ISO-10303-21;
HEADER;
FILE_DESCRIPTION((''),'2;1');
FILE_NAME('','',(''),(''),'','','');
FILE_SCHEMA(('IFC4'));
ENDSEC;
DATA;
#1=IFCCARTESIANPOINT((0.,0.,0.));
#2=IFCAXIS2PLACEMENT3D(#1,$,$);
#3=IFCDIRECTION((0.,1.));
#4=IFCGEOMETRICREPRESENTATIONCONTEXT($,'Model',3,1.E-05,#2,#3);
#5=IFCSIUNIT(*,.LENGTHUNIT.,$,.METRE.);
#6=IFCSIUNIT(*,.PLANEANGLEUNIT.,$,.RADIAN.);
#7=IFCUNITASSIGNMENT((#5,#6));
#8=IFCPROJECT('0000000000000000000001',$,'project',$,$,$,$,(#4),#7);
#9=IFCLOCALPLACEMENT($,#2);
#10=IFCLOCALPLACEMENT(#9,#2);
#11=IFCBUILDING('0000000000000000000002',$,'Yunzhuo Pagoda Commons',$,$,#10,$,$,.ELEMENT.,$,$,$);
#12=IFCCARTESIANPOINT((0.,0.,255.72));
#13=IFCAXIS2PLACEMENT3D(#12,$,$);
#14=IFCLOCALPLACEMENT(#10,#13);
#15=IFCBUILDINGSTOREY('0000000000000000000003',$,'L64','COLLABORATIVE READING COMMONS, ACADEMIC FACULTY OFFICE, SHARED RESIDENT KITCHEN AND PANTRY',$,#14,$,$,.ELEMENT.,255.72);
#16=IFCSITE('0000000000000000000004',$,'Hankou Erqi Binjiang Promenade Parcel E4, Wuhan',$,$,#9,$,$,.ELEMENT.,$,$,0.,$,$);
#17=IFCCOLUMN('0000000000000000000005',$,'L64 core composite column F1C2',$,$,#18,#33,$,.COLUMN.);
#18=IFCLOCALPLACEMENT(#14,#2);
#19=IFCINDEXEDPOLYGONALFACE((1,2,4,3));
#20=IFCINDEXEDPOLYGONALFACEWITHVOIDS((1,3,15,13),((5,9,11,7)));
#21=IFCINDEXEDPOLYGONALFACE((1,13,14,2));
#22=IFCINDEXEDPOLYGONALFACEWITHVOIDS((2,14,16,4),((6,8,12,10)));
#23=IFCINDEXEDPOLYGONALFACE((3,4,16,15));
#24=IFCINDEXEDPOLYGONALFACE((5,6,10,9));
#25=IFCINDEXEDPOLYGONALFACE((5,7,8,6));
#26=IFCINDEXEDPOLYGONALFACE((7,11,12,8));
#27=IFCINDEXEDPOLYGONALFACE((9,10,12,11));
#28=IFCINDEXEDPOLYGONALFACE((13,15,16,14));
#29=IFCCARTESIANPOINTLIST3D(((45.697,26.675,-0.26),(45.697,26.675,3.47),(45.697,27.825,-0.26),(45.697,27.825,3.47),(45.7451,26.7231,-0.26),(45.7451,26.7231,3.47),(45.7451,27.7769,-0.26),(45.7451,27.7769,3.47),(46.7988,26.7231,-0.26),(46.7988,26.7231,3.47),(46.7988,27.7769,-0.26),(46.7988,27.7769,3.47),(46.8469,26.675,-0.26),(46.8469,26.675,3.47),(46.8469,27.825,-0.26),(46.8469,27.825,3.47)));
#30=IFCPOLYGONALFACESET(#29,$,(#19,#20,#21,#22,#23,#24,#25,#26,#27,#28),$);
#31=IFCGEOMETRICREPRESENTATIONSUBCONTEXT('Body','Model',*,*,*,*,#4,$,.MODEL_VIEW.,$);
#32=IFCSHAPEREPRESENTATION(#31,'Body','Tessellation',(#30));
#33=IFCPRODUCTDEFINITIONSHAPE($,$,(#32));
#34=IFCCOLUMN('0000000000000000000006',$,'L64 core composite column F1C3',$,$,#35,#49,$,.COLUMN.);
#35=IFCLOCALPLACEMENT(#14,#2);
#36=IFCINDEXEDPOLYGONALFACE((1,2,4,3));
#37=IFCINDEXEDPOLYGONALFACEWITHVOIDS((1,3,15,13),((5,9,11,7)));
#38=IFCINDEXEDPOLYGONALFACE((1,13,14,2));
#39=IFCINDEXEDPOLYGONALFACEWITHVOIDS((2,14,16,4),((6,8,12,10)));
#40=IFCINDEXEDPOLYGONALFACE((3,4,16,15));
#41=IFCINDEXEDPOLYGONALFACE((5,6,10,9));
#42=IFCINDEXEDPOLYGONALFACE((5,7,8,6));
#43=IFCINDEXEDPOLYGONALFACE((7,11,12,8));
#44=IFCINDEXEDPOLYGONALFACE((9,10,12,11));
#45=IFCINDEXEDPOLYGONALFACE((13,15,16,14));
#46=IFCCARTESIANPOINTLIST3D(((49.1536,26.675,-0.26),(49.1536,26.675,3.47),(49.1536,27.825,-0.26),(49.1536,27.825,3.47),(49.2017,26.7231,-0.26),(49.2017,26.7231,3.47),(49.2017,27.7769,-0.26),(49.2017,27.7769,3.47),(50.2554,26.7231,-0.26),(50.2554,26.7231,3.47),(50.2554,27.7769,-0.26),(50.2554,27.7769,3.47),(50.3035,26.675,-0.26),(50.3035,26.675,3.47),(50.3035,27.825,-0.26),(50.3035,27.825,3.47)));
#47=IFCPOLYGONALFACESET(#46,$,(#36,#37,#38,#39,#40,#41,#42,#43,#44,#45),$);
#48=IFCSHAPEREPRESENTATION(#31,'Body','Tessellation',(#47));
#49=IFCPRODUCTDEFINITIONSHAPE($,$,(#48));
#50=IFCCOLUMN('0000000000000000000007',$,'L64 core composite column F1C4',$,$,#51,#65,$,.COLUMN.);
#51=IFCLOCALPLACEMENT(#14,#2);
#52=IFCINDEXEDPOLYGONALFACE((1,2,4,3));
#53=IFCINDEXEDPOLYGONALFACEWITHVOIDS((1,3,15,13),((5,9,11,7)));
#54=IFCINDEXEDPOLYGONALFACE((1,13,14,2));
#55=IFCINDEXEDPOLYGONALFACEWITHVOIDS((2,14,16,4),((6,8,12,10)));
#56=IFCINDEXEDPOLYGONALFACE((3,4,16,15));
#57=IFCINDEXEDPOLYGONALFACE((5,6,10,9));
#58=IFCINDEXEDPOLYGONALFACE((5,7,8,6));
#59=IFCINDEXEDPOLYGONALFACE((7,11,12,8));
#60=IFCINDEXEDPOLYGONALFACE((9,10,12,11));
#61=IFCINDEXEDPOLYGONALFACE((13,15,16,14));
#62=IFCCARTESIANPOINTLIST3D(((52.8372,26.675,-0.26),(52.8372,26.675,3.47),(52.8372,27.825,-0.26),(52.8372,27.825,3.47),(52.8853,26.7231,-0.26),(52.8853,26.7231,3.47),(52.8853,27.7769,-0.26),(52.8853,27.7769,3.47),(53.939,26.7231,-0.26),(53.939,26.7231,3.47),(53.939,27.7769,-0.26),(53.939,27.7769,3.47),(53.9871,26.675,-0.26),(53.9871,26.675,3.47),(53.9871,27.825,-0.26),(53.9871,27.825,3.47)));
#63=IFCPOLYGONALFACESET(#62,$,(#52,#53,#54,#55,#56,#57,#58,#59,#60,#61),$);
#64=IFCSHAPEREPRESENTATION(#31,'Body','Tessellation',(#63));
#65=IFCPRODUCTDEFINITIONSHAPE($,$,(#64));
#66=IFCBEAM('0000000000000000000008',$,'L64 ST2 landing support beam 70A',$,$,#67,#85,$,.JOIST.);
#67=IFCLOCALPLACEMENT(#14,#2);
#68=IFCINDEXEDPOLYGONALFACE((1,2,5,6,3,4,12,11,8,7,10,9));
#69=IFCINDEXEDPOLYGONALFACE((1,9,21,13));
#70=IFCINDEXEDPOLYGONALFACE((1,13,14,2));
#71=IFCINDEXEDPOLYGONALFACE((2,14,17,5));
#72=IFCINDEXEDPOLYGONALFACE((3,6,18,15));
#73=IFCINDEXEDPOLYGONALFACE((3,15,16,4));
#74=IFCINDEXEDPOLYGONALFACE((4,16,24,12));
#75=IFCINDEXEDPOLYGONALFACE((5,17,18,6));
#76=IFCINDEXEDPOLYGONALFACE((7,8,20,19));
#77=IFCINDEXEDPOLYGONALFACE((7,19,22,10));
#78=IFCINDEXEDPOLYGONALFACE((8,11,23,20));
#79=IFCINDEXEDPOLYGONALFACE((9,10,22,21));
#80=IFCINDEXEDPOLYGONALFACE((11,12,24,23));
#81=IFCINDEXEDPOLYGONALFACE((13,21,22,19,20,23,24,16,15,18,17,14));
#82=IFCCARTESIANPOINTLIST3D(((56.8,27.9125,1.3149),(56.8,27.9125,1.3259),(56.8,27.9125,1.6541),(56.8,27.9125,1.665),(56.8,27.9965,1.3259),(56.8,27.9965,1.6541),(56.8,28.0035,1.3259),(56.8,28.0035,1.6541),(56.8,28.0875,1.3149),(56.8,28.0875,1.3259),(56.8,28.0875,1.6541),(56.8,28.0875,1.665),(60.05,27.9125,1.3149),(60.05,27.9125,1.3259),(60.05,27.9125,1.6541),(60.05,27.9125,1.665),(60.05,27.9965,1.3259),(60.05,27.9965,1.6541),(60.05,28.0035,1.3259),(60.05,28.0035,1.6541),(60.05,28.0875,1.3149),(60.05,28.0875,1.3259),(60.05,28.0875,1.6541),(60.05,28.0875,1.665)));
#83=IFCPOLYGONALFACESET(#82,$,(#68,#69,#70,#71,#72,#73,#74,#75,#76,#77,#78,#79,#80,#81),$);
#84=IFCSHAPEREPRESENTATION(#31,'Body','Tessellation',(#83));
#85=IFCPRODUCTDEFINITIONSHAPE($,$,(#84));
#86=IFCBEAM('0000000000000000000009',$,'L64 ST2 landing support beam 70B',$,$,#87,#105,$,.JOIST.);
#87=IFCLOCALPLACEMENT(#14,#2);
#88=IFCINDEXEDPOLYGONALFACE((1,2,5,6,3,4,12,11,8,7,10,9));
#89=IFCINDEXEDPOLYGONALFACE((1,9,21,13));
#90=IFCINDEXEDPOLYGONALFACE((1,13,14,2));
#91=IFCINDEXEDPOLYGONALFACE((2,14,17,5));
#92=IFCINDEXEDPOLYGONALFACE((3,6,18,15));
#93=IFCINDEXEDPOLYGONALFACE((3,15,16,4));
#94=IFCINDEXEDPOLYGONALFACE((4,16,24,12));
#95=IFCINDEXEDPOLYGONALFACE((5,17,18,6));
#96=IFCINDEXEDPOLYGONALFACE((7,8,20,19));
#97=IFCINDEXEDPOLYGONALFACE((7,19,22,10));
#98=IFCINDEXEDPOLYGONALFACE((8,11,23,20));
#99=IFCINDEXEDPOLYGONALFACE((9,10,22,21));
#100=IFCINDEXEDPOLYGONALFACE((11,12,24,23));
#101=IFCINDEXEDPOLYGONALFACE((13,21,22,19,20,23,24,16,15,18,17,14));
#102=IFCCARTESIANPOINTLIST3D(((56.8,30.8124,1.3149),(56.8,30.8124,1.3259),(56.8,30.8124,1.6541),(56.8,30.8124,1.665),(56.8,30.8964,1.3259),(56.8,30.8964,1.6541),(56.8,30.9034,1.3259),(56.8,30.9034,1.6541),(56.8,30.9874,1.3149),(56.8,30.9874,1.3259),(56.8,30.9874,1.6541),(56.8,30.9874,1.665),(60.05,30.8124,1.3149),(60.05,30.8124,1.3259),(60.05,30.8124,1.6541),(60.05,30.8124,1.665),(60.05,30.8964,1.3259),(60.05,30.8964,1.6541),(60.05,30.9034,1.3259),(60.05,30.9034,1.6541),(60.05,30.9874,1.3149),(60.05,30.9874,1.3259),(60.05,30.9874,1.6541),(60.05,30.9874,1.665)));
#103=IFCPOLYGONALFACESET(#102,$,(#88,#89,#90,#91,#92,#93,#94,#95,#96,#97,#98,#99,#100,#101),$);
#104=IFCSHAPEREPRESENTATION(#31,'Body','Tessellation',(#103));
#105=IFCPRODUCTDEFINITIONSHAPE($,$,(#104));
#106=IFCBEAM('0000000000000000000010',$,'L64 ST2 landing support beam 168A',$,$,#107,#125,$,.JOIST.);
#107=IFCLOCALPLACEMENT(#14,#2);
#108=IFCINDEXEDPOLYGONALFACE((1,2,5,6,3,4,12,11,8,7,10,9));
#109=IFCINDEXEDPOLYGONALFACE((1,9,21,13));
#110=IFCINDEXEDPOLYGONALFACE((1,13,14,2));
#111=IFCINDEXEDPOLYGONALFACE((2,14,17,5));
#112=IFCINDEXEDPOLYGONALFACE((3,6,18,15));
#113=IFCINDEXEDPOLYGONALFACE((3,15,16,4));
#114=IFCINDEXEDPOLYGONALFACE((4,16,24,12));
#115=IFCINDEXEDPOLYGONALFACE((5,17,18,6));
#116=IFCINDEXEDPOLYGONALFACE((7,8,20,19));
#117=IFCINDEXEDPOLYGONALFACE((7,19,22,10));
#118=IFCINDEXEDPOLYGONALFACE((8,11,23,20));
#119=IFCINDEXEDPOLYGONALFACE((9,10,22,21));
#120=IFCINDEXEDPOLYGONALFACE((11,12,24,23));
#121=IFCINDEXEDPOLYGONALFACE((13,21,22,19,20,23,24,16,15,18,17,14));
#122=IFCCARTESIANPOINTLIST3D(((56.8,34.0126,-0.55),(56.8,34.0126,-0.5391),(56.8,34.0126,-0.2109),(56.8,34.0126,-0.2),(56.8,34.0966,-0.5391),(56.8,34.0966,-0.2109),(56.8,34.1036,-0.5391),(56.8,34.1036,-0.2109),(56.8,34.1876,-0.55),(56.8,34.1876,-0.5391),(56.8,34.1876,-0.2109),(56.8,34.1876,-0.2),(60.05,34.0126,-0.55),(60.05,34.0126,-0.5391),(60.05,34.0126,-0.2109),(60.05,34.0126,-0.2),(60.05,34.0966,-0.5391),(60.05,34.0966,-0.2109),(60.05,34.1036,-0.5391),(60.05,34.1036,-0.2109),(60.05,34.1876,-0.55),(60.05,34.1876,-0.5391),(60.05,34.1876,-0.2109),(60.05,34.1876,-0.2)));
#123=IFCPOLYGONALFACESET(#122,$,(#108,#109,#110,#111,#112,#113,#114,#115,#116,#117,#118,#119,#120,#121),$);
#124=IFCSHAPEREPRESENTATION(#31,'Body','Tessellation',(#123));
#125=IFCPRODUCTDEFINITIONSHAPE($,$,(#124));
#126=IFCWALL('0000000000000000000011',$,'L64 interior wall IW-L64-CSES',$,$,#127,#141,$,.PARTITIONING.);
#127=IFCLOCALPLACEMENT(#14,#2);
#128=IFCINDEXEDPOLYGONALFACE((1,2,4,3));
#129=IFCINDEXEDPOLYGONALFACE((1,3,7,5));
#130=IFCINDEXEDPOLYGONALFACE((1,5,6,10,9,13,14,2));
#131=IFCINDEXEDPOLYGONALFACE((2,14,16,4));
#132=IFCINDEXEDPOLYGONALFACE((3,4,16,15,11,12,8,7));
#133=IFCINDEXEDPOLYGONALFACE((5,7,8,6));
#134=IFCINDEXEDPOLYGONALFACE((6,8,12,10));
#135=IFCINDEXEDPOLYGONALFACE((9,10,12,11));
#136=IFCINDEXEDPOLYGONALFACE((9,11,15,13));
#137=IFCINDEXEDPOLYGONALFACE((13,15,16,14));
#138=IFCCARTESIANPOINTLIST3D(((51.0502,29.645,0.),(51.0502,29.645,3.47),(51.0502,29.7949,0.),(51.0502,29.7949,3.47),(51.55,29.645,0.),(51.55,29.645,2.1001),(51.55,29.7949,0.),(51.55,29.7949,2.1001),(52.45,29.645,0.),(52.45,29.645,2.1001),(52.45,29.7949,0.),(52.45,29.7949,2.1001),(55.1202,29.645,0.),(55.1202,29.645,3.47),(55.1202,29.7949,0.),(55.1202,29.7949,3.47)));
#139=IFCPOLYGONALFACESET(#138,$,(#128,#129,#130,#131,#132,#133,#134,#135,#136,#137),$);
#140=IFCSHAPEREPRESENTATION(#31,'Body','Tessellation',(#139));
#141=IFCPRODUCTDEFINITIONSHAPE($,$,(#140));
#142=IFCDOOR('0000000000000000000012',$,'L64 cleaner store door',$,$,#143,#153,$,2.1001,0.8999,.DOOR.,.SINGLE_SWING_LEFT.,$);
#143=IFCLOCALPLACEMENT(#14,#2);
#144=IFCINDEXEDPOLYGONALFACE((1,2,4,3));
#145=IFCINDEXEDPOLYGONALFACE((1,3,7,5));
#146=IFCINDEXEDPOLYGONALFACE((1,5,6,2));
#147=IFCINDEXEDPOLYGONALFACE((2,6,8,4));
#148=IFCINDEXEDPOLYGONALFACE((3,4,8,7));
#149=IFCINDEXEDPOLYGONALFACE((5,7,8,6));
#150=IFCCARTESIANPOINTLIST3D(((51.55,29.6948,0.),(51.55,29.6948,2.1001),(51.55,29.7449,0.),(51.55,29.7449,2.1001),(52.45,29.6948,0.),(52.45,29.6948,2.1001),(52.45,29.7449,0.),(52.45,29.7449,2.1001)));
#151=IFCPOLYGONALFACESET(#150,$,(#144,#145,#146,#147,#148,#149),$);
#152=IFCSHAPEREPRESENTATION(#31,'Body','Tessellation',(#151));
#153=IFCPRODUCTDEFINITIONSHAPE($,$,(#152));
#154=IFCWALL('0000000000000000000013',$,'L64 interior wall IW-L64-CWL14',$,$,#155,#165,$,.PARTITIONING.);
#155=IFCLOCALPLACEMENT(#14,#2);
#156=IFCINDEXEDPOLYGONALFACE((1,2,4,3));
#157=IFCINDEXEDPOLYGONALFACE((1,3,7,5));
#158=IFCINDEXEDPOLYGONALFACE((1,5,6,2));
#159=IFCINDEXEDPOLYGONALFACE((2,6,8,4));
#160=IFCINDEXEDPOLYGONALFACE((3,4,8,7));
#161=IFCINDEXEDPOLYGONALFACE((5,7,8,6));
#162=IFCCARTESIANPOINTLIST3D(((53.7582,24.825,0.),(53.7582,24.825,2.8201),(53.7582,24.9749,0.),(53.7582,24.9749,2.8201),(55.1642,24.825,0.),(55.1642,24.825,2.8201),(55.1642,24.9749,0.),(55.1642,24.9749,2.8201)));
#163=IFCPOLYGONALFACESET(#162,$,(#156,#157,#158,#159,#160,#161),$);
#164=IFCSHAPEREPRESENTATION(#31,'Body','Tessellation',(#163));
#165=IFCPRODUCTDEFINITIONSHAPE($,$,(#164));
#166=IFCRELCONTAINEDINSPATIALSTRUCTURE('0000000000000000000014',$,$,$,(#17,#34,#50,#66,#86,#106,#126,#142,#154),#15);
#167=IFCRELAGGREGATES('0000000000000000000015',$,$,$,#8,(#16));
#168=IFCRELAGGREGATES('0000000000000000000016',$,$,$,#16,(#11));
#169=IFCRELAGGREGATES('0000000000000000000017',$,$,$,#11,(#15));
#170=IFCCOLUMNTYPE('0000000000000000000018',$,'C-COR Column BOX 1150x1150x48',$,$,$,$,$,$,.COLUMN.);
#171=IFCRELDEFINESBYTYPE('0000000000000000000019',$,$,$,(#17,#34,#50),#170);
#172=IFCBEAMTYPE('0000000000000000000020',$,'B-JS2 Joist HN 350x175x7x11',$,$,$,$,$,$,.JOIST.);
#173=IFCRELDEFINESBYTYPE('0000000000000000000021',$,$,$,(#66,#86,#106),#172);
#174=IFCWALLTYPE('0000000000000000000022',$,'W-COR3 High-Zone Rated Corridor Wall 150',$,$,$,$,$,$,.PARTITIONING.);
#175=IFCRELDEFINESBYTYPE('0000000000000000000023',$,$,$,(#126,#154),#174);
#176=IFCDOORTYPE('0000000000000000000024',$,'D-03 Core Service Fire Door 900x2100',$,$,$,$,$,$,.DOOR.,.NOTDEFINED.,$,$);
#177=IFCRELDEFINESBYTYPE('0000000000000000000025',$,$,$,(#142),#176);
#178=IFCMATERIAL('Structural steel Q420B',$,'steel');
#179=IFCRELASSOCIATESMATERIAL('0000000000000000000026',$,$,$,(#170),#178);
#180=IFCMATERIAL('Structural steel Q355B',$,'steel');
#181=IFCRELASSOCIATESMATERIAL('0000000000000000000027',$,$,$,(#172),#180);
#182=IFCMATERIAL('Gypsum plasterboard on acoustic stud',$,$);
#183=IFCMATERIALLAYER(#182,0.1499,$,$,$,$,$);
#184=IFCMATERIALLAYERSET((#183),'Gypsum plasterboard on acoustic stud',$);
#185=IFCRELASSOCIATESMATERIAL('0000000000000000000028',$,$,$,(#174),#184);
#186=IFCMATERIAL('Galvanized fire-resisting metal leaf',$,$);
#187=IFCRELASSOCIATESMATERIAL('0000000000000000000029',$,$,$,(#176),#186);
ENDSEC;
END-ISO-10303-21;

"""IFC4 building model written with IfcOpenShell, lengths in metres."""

from ifc_helpers import new_model, si_unit, direction, frame, frame_2d, origin, origin_with_axes, origin_2d, place, context, subcontext, project, spatial, rectangle, hollow_rectangle, i_section, extrude, source, transform, mapped, material, layer, layer_set, material_profile, profile_set, type_object, element, fill, save


model = new_model("IFC4")

# Units and contexts
model_context = context("Model", 3, precision=1e-05, world=origin(), true_north=direction((0.0, 1.0)))
body_context = subcontext(model_context, "Body", "Model", "MODEL_VIEW")
ifc_project = project(units=[si_unit("LENGTHUNIT", "METRE"), si_unit("PLANEANGLEUNIT", "RADIAN")], contexts=[model_context])

# Site, building, storey
site_placement = place(None, origin())
site = spatial("IfcSite", under=ifc_project, at=site_placement, Name="Hankou Erqi Binjiang Promenade Parcel E4, Wuhan", CompositionType="ELEMENT", RefElevation=0.0)
building_placement = place(site_placement, origin())
building = spatial("IfcBuilding", under=site, at=building_placement, Name="Yunzhuo Pagoda Commons", CompositionType="ELEMENT")
storey_placement = place(building_placement, frame((0.0, 0.0, 255.72)))
storey = spatial("IfcBuildingStorey", under=building, at=storey_placement, Name="L64", Description="COLLABORATIVE READING COMMONS, ACADEMIC FACULTY OFFICE, SHARED RESIDENT KITCHEN AND PANTRY", CompositionType="ELEMENT", Elevation=255.72)

# Columns
ifc_material_1 = material(Name="Structural steel Q420B", Category="steel")
ifc_material_profile_1 = material_profile(ifc_material_1, hollow_rectangle(XDim=1.1499, YDim=1.1499, WallThickness=0.0481, at=origin_2d()), Name="Structural steel Q420B")
ifc_profile_set_1 = profile_set([ifc_material_profile_1], Name="Structural steel Q420B")
column_type = type_object("IfcColumnType", Name="C-COR Column BOX 1150x1150x48", PredefinedType="COLUMN", material=ifc_profile_set_1)
shared_shape_1 = source(origin(), body_context, "Body", "SweptSolid", [
    extrude(hollow_rectangle(XDim=1.1499, YDim=1.1499, WallThickness=0.0481, at=origin_2d()), origin(), (0.0, 0.0, 1.0), 3.73),
])
for number, where, z_axis, x_axis, name in (
    (1, (46.272, 27.25, -0.26), (0.0, 0.0, 1.0), (1.0, 0.0, 0.0), "L64 core composite column F1C2"),
    (2, (49.7285, 27.25, -0.26), (0.0, 0.0, 1.0), (1.0, 0.0, 0.0), "L64 core composite column F1C3"),
    (3, (53.4121, 27.25, -0.26), (0.0, 0.0, 1.0), (1.0, 0.0, 0.0), "L64 core composite column F1C4"),
):
    element("IfcColumn", number, at=place(storey_placement, frame(where, z_axis=z_axis, x_axis=x_axis)), inside=storey, type_object=column_type, Name=name, PredefinedType="COLUMN", context=body_context, shape_type="MappedRepresentation", body=[
        mapped(shared_shape_1, transform((0.0, 0.0, 0.0), scale=1.0)),
    ])

# Beams
ifc_material_2 = material(Name="Structural steel Q355B", Category="steel")
ifc_material_profile_2 = material_profile(ifc_material_2, i_section(OverallWidth=0.175, OverallDepth=0.3501, WebThickness=0.0071, FlangeThickness=0.011, at=origin_2d()), Name="Structural steel Q355B")
ifc_profile_set_2 = profile_set([ifc_material_profile_2], Name="Structural steel Q355B")
beam_type = type_object("IfcBeamType", Name="B-JS2 Joist HN 350x175x7x11", PredefinedType="JOIST", material=ifc_profile_set_2)
shared_shape_2 = source(origin(), body_context, "Body", "SweptSolid", [
    extrude(i_section(OverallWidth=0.175, OverallDepth=0.3501, WebThickness=0.0071, FlangeThickness=0.011, at=origin_2d()), origin(), (0.0, 0.0, 1.0), 3.25),
])
for number, where, z_axis, x_axis, name in (
    (4, (56.8, 28.0, 1.49), (1.0, 0.0, 0.0), (0.0, 1.0, 0.0), "L64 ST2 landing support beam 70A"),
    (5, (56.8, 30.8999, 1.49), (1.0, 0.0, 0.0), (0.0, 1.0, 0.0), "L64 ST2 landing support beam 70B"),
    (6, (56.8, 34.1001, -0.375), (1.0, 0.0, 0.0), (0.0, 1.0, 0.0), "L64 ST2 landing support beam 168A"),
):
    element("IfcBeam", number, at=place(storey_placement, frame(where, z_axis=z_axis, x_axis=x_axis)), inside=storey, type_object=beam_type, Name=name, PredefinedType="JOIST", context=body_context, shape_type="MappedRepresentation", body=[
        mapped(shared_shape_2, transform((0.0, 0.0, 0.0), scale=1.0)),
    ])

# Wall, opening, door
ifc_material_3 = material(Name="Gypsum plasterboard on acoustic stud")
ifc_layer_1 = layer(ifc_material_3, 0.1499)
ifc_layer_set_1 = layer_set([ifc_layer_1], Name="Gypsum plasterboard on acoustic stud")
wall_type_1 = type_object("IfcWallType", Name="W-COR3 High-Zone Rated Corridor Wall 150", PredefinedType="PARTITIONING", material=ifc_layer_set_1)
wall_1_placement = place(storey_placement, frame((51.05, 29.72, 0.0), z_axis=(0.0, 0.0, 1.0), x_axis=(1.0, 0.0, 0.0)))
wall_1 = element("IfcWall", 7, at=wall_1_placement, inside=storey, type_object=wall_type_1, Name="L64 interior wall IW-L64-CSES", PredefinedType="PARTITIONING", context=body_context, shape_type="SweptSolid", body=[
    extrude(rectangle(XDim=4.0701, YDim=0.1499, at=frame_2d((2.0352, 0.0))), origin(), (0.0, 0.0, 1.0), 3.47),
])
opening_1_placement = place(wall_1_placement, frame((0.5, 0.0, 0.0)))
opening_1 = element("IfcOpeningElement", 8, at=opening_1_placement, cuts=wall_1, PredefinedType="OPENING", context=body_context, shape_type="SweptSolid", body=[
    extrude(rectangle(XDim=0.8999, YDim=2.1001, at=frame_2d((0.45, 1.05))), frame((0.0, 0.085, 0.0), z_axis=(0.0, -1.0, 0.0), x_axis=(1.0, 0.0, 0.0)), (0.0, 0.0, 1.0), 0.1699),
])
ifc_material_4 = material(Name="Galvanized fire-resisting metal leaf")
door_type_1 = type_object("IfcDoorType", Name="D-03 Core Service Fire Door 900x2100", OperationType="NOTDEFINED", PredefinedType="DOOR", material=ifc_material_4)
shared_shape_3 = source(origin(), body_context, "Body", "SweptSolid", [
    extrude(rectangle(XDim=0.8999, YDim=2.1001, at=frame_2d((0.45, 1.05))), frame((0.0, 0.0249, 0.0), z_axis=(0.0, -1.0, 0.0), x_axis=(1.0, 0.0, 0.0)), (0.0, 0.0, 1.0), 0.05),
])
door_1_placement = place(opening_1_placement, origin_with_axes())
door_1 = element("IfcDoor", 9, at=door_1_placement, inside=storey, type_object=door_type_1, Name="L64 cleaner store door", OperationType="SINGLE_SWING_LEFT", OverallHeight=2.1001, OverallWidth=0.8999, PredefinedType="DOOR", context=body_context, shape_type="MappedRepresentation", body=[
    mapped(shared_shape_3, transform((0.0, 0.0, 0.0), scale=1.0)),
])
fill(opening_1, door_1)

# Wall
wall_2_placement = place(storey_placement, frame((55.1643, 24.8999, 0.0), z_axis=(0.0, 0.0, 1.0), x_axis=(-1.0, 0.0, 0.0)))
element("IfcWall", 10, at=wall_2_placement, inside=storey, type_object=wall_type_1, Name="L64 interior wall IW-L64-CWL14", PredefinedType="PARTITIONING", context=body_context, shape_type="SweptSolid", body=[
    extrude(rectangle(XDim=1.406, YDim=0.1499, at=frame_2d((0.7031, 0.0))), origin(), (0.0, 0.0, 1.0), 2.8201),
])

save(model, "model.ifc")
